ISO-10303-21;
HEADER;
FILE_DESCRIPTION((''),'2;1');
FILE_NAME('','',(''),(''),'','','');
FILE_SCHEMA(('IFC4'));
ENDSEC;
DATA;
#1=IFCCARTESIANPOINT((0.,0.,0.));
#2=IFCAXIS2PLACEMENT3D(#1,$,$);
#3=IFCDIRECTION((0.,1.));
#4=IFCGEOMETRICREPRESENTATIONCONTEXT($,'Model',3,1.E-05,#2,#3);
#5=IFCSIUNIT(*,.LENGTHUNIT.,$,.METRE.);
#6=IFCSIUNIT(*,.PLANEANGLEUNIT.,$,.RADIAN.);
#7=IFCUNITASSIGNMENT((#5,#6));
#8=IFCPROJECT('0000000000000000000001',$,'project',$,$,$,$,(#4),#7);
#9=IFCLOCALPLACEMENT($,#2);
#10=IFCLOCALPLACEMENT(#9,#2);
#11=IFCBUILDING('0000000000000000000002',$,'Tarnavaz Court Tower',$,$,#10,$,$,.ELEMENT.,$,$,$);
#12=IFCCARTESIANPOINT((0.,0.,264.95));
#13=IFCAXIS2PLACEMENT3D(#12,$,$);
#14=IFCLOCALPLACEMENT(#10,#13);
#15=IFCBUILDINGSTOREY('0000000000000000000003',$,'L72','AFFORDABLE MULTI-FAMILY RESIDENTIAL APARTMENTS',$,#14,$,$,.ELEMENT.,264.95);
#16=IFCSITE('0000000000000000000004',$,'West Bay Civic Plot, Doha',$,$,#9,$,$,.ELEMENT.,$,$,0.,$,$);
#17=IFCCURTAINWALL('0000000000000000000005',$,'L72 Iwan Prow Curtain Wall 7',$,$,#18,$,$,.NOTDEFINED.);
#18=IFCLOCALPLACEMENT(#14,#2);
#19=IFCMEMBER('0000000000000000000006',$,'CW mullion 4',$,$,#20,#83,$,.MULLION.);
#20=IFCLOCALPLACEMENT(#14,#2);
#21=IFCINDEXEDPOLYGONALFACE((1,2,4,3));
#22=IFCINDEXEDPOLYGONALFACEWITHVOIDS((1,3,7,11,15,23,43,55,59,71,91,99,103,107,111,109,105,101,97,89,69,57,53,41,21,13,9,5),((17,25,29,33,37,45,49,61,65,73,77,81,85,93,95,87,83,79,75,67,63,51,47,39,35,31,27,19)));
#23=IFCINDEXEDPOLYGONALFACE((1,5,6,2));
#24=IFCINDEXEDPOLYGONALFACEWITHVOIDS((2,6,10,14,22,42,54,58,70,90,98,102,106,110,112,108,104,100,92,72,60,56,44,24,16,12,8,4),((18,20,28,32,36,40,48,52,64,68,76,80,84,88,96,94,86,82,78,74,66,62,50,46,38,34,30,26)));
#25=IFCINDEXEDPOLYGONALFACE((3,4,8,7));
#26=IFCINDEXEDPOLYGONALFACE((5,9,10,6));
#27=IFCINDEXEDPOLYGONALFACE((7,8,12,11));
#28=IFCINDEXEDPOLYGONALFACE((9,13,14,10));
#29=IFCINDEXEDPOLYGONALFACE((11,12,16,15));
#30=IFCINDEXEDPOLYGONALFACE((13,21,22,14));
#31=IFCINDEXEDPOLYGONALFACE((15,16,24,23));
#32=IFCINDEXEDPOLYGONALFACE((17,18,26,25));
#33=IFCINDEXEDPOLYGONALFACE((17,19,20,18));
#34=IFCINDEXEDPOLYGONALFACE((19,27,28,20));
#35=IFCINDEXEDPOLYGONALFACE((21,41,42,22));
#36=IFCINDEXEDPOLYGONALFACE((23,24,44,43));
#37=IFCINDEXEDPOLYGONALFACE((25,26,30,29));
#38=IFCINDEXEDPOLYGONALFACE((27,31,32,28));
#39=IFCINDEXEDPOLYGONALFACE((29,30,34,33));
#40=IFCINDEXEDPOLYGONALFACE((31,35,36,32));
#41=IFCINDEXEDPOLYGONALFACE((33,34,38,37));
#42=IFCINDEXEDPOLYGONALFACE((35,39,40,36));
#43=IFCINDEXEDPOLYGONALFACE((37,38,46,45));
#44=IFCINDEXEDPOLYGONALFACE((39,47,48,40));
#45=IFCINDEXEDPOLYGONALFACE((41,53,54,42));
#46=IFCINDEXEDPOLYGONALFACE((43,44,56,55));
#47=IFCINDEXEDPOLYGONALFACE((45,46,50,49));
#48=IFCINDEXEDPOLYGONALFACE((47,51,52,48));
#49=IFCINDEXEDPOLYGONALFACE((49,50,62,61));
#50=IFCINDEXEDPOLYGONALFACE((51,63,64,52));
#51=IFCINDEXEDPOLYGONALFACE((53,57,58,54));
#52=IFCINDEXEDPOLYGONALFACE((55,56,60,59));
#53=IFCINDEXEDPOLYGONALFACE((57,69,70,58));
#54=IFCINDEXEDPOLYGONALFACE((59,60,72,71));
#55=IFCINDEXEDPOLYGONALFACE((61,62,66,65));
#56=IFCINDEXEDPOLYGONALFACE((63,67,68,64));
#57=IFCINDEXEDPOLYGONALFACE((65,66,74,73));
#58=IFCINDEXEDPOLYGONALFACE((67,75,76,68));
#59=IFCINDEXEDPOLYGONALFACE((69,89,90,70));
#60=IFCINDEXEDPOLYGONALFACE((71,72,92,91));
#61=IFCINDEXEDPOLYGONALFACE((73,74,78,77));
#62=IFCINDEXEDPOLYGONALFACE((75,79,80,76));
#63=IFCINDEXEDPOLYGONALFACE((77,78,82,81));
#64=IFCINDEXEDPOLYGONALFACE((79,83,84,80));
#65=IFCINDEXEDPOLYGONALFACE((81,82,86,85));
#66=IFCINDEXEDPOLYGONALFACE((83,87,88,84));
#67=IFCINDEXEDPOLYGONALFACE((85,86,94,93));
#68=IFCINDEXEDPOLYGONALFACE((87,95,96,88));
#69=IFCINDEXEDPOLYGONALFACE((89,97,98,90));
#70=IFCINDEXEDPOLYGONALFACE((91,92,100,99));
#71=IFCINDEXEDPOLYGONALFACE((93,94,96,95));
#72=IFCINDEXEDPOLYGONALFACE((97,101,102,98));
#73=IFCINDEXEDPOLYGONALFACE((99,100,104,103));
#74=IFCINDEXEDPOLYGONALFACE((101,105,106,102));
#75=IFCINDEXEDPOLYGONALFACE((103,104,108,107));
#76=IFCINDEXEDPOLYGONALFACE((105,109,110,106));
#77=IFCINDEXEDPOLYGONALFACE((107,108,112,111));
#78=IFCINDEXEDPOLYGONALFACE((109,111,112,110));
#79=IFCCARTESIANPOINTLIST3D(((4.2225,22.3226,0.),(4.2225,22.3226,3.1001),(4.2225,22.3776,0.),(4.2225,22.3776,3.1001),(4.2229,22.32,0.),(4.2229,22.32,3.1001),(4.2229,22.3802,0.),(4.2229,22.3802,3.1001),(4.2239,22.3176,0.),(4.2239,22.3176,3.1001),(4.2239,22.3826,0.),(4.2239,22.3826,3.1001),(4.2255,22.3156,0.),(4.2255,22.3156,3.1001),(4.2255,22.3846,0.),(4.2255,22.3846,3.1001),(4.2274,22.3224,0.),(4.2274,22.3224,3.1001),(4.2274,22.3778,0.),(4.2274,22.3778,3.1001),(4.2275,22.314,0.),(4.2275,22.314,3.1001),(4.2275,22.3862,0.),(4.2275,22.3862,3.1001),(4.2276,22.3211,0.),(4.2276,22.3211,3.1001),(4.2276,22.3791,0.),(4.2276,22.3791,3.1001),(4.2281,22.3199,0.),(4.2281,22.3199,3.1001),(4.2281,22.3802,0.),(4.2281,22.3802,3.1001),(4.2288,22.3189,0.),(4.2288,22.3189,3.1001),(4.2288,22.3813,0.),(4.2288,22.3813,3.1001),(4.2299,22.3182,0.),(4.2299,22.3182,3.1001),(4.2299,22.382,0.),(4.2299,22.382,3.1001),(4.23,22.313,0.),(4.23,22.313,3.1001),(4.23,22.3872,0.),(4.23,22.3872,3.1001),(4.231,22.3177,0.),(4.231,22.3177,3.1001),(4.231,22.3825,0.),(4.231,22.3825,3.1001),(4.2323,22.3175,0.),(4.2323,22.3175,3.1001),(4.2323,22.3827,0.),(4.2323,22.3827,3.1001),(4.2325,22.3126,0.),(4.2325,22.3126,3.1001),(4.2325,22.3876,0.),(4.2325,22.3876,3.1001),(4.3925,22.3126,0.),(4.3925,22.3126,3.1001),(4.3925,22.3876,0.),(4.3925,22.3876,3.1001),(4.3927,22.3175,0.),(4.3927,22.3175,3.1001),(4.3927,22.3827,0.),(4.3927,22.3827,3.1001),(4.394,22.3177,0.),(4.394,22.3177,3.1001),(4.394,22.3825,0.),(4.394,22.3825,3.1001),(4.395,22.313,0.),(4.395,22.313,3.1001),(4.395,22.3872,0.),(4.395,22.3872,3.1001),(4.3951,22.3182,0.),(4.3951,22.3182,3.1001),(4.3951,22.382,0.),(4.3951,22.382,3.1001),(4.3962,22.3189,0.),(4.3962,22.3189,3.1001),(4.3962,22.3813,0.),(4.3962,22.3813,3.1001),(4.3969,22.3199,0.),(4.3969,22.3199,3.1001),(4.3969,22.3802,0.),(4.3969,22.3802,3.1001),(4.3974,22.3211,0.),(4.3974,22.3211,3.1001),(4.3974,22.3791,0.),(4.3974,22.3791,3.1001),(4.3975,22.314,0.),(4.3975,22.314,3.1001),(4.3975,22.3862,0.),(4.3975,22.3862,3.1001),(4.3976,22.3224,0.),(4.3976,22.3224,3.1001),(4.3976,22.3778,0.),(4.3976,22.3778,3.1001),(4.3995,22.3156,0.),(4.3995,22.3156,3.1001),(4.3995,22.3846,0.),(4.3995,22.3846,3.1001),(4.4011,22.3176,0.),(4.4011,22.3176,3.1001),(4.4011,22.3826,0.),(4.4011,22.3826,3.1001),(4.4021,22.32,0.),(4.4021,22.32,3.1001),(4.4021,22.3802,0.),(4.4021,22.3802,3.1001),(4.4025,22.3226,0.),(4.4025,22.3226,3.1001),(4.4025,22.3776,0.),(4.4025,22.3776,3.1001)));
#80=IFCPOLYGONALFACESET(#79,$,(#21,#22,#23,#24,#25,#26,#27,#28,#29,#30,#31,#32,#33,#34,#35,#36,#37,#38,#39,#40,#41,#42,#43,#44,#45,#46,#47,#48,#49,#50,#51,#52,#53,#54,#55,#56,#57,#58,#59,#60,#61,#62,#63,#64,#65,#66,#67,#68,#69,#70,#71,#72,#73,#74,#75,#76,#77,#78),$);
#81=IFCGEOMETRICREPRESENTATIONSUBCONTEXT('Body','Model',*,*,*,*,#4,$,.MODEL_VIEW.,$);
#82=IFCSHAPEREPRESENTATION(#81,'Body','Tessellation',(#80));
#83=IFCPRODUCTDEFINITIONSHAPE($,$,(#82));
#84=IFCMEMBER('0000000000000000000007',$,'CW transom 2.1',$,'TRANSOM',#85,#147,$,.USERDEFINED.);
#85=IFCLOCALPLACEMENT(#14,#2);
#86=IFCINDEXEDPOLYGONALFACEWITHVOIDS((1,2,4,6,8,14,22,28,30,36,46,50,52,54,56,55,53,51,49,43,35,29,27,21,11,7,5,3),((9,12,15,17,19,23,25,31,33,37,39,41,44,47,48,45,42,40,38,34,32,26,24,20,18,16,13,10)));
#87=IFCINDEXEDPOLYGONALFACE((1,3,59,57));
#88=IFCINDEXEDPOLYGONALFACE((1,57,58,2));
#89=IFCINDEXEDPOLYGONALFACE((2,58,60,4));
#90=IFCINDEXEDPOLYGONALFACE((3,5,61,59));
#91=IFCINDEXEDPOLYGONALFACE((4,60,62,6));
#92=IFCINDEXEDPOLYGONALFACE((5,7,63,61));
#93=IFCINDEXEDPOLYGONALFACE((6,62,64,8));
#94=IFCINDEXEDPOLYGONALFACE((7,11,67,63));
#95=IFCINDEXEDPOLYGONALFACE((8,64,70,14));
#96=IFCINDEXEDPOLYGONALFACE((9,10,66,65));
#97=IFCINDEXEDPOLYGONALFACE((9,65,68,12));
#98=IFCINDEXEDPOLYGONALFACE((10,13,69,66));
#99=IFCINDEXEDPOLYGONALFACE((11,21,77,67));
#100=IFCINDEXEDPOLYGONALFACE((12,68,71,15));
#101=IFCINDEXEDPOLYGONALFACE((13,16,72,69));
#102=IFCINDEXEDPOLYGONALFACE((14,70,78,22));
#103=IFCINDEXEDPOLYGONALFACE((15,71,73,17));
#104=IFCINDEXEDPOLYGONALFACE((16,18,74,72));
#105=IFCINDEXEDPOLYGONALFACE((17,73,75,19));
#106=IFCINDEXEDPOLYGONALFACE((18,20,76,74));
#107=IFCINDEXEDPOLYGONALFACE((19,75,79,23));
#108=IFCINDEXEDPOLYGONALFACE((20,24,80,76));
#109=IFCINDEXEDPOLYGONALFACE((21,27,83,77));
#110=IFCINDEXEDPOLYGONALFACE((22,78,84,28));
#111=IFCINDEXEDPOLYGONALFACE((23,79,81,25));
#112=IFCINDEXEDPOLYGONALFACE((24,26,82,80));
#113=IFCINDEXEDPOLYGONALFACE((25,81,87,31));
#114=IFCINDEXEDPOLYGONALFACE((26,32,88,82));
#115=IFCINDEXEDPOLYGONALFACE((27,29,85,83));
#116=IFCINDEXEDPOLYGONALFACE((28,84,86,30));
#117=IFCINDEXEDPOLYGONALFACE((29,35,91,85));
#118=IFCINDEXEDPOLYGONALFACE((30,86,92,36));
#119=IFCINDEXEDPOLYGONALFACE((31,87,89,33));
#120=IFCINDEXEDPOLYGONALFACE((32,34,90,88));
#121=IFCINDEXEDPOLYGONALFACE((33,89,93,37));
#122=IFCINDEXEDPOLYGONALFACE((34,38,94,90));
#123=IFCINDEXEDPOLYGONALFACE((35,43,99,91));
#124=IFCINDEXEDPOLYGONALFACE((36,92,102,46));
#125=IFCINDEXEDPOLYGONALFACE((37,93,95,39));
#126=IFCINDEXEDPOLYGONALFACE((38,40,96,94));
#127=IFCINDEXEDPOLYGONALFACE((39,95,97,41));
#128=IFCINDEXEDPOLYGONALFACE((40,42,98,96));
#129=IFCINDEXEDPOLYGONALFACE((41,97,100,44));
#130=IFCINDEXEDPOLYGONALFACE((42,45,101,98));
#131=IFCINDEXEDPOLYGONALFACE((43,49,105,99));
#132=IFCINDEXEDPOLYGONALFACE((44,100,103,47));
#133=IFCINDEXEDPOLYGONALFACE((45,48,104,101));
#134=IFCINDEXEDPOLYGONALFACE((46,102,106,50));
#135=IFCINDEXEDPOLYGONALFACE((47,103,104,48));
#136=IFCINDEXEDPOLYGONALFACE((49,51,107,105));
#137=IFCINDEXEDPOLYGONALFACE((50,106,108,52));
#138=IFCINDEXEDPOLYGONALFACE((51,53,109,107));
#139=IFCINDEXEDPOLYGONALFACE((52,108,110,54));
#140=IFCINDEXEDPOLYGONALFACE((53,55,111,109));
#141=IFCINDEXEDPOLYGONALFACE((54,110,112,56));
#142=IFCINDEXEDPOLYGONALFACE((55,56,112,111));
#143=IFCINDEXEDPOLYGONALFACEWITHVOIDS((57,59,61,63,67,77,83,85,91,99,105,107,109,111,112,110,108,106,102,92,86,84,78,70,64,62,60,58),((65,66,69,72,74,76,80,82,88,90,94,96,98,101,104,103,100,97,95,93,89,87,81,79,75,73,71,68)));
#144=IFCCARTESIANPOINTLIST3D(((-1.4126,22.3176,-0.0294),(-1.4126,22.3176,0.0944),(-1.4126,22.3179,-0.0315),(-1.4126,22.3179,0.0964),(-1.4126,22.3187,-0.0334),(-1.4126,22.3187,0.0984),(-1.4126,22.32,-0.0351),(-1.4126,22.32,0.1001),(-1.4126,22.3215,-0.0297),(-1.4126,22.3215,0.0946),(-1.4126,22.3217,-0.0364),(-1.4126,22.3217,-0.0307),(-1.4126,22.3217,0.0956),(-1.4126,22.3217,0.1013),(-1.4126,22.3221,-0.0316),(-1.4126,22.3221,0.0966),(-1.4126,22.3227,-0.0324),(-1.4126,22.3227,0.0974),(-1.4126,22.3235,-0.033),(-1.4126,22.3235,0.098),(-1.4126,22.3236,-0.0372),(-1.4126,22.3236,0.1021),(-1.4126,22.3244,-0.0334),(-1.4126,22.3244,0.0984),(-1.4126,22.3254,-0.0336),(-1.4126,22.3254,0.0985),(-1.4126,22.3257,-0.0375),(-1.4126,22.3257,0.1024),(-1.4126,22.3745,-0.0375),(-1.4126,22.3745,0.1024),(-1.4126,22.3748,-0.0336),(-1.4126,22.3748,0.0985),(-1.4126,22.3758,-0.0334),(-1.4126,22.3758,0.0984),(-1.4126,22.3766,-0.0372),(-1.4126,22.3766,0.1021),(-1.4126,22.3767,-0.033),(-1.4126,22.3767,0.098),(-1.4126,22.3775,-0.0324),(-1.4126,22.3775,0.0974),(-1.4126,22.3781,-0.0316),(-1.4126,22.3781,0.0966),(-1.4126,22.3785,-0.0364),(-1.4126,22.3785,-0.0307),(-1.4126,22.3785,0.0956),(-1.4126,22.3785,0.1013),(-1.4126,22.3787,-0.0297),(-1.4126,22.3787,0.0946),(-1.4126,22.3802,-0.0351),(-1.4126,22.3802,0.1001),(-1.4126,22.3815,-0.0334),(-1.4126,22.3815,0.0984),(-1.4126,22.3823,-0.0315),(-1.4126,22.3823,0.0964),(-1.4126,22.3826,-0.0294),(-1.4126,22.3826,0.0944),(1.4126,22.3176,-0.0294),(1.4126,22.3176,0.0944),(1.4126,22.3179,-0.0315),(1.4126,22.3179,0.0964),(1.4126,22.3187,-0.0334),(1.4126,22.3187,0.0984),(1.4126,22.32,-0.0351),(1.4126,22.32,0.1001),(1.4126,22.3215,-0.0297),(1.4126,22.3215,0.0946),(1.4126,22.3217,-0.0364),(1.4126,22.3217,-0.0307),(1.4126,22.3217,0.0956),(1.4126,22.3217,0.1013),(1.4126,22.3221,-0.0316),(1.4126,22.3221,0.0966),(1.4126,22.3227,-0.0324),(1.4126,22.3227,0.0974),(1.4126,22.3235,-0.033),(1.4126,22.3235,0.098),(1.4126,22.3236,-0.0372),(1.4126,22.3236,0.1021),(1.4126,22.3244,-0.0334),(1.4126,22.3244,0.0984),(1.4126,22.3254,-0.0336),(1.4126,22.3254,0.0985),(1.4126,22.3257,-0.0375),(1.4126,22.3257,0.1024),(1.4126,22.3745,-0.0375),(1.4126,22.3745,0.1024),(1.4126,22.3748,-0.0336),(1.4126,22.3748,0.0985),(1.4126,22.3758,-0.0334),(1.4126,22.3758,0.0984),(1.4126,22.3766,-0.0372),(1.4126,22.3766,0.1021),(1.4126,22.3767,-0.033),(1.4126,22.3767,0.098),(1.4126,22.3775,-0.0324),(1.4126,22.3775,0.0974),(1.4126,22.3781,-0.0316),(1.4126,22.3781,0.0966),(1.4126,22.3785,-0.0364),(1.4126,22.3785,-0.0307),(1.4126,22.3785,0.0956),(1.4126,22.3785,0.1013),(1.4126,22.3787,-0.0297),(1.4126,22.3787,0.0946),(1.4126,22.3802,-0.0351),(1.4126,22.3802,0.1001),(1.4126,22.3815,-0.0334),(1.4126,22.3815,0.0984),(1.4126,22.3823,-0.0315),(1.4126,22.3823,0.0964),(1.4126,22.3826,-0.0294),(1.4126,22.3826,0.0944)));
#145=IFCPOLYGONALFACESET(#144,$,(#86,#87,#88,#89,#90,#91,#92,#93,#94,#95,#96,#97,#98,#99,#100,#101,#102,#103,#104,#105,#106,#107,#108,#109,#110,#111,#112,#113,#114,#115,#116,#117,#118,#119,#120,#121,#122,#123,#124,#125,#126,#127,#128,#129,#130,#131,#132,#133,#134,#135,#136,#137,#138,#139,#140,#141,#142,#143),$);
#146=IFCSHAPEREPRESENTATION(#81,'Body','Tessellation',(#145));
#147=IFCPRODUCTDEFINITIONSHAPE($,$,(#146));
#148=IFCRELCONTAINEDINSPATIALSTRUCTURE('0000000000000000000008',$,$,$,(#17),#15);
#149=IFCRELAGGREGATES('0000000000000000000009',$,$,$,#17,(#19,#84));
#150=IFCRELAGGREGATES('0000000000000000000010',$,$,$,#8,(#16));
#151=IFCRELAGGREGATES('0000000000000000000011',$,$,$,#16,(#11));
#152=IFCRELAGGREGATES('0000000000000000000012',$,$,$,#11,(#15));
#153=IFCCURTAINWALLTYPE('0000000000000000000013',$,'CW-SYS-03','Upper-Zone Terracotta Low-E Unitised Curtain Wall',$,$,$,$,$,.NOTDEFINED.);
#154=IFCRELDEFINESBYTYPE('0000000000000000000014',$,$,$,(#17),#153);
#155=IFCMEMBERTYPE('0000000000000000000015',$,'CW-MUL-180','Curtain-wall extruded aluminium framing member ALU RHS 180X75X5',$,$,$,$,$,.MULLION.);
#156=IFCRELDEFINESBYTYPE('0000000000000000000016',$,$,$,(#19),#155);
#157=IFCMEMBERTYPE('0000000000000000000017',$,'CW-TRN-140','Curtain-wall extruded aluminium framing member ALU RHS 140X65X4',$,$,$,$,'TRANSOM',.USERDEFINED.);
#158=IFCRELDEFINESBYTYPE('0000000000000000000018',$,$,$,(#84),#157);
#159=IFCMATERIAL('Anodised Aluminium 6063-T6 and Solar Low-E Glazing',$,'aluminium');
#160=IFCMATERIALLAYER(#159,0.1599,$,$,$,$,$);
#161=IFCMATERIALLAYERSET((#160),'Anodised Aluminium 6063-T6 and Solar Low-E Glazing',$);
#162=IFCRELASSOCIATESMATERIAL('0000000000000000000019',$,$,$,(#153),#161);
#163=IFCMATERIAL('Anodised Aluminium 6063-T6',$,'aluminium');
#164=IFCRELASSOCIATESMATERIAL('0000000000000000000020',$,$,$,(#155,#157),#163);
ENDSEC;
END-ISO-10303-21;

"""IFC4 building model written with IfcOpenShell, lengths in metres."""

from ifc_helpers import new_model, si_unit, direction, frame, origin, origin_2d, place, context, subcontext, project, spatial, hollow_rectangle, extrude, material, layer, layer_set, material_profile, profile_set, type_object, element, aggregate, save


model = new_model("IFC4")

# Units and contexts
model_context = context("Model", 3, precision=1e-05, world=origin(), true_north=direction((0.0, 1.0)))
body_context = subcontext(model_context, "Body", "Model", "MODEL_VIEW")
ifc_project = project(units=[si_unit("LENGTHUNIT", "METRE"), si_unit("PLANEANGLEUNIT", "RADIAN")], contexts=[model_context])

# Site, building, storey
site_placement = place(None, origin())
site = spatial("IfcSite", under=ifc_project, at=site_placement, Name="West Bay Civic Plot, Doha", CompositionType="ELEMENT", RefElevation=0.0)
building_placement = place(site_placement, origin())
building = spatial("IfcBuilding", under=site, at=building_placement, Name="Tarnavaz Court Tower", CompositionType="ELEMENT")
storey_placement = place(building_placement, frame((0.0, 0.0, 264.95)))
storey = spatial("IfcBuildingStorey", under=building, at=storey_placement, Name="L72", Description="AFFORDABLE MULTI-FAMILY RESIDENTIAL APARTMENTS", CompositionType="ELEMENT", Elevation=264.95)

# Curtain wall, members
ifc_material_1 = material(Name="Anodised Aluminium 6063-T6 and Solar Low-E Glazing", Category="aluminium")
ifc_layer_1 = layer(ifc_material_1, 0.1599)
ifc_layer_set_1 = layer_set([ifc_layer_1], Name="Anodised Aluminium 6063-T6 and Solar Low-E Glazing")
curtain_wall_type = type_object("IfcCurtainWallType", Name="CW-SYS-03", Description="Upper-Zone Terracotta Low-E Unitised Curtain Wall", PredefinedType="NOTDEFINED", material=ifc_layer_set_1)
curtain_wall_placement = place(storey_placement, origin())
curtain_wall = element("IfcCurtainWall", 1, at=curtain_wall_placement, inside=storey, type_object=curtain_wall_type, Name="L72 Iwan Prow Curtain Wall 7", PredefinedType="NOTDEFINED")
ifc_material_2 = material(Name="Anodised Aluminium 6063-T6", Category="aluminium")
ifc_material_profile_1 = material_profile(ifc_material_2, hollow_rectangle(XDim=0.075, YDim=0.1799, WallThickness=0.0049, InnerFilletRadius=0.0049, OuterFilletRadius=0.01, at=origin_2d()), Name="ALU RHS 180X75X5")
ifc_profile_set_1 = profile_set([ifc_material_profile_1], Name="Anodised Aluminium 6063-T6")
member_type_1 = type_object("IfcMemberType", Name="CW-MUL-180", Description="Curtain-wall extruded aluminium framing member ALU RHS 180X75X5", PredefinedType="MULLION", material=ifc_profile_set_1)
member_1_placement = place(storey_placement, frame((4.3125, 22.3501, 0.0), z_axis=(0.0, 0.0, 1.0), x_axis=(0.0, 1.0, 0.0)))
member_1 = element("IfcMember", 2, at=member_1_placement, type_object=member_type_1, Name="CW mullion 4", PredefinedType="MULLION", context=body_context, shape_type="SweptSolid", body=[
    extrude(hollow_rectangle(XDim=0.075, YDim=0.1799, WallThickness=0.0049, InnerFilletRadius=0.0049, OuterFilletRadius=0.01, at=origin_2d()), origin(), (0.0, 0.0, 1.0), 3.1001),
])
ifc_material_profile_2 = material_profile(ifc_material_2, hollow_rectangle(XDim=0.0649, YDim=0.1399, WallThickness=0.0039, InnerFilletRadius=0.0039, OuterFilletRadius=0.0081, at=origin_2d()), Name="ALU RHS 140X65X4")
ifc_profile_set_2 = profile_set([ifc_material_profile_2], Name="Anodised Aluminium 6063-T6")
member_type_2 = type_object("IfcMemberType", Name="CW-TRN-140", Description="Curtain-wall extruded aluminium framing member ALU RHS 140X65X4", ElementType="TRANSOM", PredefinedType="USERDEFINED", material=ifc_profile_set_2)
member_2_placement = place(storey_placement, frame((-1.4126, 22.3501, 0.0325), z_axis=(1.0, 0.0, 0.0), x_axis=(0.0, 1.0, 0.0)))
member_2 = element("IfcMember", 3, at=member_2_placement, type_object=member_type_2, Name="CW transom 2.1", ObjectType="TRANSOM", PredefinedType="USERDEFINED", context=body_context, shape_type="SweptSolid", body=[
    extrude(hollow_rectangle(XDim=0.0649, YDim=0.1399, WallThickness=0.0039, InnerFilletRadius=0.0039, OuterFilletRadius=0.0081, at=origin_2d()), origin(), (0.0, 0.0, 1.0), 2.8252),
])
aggregate(curtain_wall, [member_1, member_2])

save(model, "model.ifc")
